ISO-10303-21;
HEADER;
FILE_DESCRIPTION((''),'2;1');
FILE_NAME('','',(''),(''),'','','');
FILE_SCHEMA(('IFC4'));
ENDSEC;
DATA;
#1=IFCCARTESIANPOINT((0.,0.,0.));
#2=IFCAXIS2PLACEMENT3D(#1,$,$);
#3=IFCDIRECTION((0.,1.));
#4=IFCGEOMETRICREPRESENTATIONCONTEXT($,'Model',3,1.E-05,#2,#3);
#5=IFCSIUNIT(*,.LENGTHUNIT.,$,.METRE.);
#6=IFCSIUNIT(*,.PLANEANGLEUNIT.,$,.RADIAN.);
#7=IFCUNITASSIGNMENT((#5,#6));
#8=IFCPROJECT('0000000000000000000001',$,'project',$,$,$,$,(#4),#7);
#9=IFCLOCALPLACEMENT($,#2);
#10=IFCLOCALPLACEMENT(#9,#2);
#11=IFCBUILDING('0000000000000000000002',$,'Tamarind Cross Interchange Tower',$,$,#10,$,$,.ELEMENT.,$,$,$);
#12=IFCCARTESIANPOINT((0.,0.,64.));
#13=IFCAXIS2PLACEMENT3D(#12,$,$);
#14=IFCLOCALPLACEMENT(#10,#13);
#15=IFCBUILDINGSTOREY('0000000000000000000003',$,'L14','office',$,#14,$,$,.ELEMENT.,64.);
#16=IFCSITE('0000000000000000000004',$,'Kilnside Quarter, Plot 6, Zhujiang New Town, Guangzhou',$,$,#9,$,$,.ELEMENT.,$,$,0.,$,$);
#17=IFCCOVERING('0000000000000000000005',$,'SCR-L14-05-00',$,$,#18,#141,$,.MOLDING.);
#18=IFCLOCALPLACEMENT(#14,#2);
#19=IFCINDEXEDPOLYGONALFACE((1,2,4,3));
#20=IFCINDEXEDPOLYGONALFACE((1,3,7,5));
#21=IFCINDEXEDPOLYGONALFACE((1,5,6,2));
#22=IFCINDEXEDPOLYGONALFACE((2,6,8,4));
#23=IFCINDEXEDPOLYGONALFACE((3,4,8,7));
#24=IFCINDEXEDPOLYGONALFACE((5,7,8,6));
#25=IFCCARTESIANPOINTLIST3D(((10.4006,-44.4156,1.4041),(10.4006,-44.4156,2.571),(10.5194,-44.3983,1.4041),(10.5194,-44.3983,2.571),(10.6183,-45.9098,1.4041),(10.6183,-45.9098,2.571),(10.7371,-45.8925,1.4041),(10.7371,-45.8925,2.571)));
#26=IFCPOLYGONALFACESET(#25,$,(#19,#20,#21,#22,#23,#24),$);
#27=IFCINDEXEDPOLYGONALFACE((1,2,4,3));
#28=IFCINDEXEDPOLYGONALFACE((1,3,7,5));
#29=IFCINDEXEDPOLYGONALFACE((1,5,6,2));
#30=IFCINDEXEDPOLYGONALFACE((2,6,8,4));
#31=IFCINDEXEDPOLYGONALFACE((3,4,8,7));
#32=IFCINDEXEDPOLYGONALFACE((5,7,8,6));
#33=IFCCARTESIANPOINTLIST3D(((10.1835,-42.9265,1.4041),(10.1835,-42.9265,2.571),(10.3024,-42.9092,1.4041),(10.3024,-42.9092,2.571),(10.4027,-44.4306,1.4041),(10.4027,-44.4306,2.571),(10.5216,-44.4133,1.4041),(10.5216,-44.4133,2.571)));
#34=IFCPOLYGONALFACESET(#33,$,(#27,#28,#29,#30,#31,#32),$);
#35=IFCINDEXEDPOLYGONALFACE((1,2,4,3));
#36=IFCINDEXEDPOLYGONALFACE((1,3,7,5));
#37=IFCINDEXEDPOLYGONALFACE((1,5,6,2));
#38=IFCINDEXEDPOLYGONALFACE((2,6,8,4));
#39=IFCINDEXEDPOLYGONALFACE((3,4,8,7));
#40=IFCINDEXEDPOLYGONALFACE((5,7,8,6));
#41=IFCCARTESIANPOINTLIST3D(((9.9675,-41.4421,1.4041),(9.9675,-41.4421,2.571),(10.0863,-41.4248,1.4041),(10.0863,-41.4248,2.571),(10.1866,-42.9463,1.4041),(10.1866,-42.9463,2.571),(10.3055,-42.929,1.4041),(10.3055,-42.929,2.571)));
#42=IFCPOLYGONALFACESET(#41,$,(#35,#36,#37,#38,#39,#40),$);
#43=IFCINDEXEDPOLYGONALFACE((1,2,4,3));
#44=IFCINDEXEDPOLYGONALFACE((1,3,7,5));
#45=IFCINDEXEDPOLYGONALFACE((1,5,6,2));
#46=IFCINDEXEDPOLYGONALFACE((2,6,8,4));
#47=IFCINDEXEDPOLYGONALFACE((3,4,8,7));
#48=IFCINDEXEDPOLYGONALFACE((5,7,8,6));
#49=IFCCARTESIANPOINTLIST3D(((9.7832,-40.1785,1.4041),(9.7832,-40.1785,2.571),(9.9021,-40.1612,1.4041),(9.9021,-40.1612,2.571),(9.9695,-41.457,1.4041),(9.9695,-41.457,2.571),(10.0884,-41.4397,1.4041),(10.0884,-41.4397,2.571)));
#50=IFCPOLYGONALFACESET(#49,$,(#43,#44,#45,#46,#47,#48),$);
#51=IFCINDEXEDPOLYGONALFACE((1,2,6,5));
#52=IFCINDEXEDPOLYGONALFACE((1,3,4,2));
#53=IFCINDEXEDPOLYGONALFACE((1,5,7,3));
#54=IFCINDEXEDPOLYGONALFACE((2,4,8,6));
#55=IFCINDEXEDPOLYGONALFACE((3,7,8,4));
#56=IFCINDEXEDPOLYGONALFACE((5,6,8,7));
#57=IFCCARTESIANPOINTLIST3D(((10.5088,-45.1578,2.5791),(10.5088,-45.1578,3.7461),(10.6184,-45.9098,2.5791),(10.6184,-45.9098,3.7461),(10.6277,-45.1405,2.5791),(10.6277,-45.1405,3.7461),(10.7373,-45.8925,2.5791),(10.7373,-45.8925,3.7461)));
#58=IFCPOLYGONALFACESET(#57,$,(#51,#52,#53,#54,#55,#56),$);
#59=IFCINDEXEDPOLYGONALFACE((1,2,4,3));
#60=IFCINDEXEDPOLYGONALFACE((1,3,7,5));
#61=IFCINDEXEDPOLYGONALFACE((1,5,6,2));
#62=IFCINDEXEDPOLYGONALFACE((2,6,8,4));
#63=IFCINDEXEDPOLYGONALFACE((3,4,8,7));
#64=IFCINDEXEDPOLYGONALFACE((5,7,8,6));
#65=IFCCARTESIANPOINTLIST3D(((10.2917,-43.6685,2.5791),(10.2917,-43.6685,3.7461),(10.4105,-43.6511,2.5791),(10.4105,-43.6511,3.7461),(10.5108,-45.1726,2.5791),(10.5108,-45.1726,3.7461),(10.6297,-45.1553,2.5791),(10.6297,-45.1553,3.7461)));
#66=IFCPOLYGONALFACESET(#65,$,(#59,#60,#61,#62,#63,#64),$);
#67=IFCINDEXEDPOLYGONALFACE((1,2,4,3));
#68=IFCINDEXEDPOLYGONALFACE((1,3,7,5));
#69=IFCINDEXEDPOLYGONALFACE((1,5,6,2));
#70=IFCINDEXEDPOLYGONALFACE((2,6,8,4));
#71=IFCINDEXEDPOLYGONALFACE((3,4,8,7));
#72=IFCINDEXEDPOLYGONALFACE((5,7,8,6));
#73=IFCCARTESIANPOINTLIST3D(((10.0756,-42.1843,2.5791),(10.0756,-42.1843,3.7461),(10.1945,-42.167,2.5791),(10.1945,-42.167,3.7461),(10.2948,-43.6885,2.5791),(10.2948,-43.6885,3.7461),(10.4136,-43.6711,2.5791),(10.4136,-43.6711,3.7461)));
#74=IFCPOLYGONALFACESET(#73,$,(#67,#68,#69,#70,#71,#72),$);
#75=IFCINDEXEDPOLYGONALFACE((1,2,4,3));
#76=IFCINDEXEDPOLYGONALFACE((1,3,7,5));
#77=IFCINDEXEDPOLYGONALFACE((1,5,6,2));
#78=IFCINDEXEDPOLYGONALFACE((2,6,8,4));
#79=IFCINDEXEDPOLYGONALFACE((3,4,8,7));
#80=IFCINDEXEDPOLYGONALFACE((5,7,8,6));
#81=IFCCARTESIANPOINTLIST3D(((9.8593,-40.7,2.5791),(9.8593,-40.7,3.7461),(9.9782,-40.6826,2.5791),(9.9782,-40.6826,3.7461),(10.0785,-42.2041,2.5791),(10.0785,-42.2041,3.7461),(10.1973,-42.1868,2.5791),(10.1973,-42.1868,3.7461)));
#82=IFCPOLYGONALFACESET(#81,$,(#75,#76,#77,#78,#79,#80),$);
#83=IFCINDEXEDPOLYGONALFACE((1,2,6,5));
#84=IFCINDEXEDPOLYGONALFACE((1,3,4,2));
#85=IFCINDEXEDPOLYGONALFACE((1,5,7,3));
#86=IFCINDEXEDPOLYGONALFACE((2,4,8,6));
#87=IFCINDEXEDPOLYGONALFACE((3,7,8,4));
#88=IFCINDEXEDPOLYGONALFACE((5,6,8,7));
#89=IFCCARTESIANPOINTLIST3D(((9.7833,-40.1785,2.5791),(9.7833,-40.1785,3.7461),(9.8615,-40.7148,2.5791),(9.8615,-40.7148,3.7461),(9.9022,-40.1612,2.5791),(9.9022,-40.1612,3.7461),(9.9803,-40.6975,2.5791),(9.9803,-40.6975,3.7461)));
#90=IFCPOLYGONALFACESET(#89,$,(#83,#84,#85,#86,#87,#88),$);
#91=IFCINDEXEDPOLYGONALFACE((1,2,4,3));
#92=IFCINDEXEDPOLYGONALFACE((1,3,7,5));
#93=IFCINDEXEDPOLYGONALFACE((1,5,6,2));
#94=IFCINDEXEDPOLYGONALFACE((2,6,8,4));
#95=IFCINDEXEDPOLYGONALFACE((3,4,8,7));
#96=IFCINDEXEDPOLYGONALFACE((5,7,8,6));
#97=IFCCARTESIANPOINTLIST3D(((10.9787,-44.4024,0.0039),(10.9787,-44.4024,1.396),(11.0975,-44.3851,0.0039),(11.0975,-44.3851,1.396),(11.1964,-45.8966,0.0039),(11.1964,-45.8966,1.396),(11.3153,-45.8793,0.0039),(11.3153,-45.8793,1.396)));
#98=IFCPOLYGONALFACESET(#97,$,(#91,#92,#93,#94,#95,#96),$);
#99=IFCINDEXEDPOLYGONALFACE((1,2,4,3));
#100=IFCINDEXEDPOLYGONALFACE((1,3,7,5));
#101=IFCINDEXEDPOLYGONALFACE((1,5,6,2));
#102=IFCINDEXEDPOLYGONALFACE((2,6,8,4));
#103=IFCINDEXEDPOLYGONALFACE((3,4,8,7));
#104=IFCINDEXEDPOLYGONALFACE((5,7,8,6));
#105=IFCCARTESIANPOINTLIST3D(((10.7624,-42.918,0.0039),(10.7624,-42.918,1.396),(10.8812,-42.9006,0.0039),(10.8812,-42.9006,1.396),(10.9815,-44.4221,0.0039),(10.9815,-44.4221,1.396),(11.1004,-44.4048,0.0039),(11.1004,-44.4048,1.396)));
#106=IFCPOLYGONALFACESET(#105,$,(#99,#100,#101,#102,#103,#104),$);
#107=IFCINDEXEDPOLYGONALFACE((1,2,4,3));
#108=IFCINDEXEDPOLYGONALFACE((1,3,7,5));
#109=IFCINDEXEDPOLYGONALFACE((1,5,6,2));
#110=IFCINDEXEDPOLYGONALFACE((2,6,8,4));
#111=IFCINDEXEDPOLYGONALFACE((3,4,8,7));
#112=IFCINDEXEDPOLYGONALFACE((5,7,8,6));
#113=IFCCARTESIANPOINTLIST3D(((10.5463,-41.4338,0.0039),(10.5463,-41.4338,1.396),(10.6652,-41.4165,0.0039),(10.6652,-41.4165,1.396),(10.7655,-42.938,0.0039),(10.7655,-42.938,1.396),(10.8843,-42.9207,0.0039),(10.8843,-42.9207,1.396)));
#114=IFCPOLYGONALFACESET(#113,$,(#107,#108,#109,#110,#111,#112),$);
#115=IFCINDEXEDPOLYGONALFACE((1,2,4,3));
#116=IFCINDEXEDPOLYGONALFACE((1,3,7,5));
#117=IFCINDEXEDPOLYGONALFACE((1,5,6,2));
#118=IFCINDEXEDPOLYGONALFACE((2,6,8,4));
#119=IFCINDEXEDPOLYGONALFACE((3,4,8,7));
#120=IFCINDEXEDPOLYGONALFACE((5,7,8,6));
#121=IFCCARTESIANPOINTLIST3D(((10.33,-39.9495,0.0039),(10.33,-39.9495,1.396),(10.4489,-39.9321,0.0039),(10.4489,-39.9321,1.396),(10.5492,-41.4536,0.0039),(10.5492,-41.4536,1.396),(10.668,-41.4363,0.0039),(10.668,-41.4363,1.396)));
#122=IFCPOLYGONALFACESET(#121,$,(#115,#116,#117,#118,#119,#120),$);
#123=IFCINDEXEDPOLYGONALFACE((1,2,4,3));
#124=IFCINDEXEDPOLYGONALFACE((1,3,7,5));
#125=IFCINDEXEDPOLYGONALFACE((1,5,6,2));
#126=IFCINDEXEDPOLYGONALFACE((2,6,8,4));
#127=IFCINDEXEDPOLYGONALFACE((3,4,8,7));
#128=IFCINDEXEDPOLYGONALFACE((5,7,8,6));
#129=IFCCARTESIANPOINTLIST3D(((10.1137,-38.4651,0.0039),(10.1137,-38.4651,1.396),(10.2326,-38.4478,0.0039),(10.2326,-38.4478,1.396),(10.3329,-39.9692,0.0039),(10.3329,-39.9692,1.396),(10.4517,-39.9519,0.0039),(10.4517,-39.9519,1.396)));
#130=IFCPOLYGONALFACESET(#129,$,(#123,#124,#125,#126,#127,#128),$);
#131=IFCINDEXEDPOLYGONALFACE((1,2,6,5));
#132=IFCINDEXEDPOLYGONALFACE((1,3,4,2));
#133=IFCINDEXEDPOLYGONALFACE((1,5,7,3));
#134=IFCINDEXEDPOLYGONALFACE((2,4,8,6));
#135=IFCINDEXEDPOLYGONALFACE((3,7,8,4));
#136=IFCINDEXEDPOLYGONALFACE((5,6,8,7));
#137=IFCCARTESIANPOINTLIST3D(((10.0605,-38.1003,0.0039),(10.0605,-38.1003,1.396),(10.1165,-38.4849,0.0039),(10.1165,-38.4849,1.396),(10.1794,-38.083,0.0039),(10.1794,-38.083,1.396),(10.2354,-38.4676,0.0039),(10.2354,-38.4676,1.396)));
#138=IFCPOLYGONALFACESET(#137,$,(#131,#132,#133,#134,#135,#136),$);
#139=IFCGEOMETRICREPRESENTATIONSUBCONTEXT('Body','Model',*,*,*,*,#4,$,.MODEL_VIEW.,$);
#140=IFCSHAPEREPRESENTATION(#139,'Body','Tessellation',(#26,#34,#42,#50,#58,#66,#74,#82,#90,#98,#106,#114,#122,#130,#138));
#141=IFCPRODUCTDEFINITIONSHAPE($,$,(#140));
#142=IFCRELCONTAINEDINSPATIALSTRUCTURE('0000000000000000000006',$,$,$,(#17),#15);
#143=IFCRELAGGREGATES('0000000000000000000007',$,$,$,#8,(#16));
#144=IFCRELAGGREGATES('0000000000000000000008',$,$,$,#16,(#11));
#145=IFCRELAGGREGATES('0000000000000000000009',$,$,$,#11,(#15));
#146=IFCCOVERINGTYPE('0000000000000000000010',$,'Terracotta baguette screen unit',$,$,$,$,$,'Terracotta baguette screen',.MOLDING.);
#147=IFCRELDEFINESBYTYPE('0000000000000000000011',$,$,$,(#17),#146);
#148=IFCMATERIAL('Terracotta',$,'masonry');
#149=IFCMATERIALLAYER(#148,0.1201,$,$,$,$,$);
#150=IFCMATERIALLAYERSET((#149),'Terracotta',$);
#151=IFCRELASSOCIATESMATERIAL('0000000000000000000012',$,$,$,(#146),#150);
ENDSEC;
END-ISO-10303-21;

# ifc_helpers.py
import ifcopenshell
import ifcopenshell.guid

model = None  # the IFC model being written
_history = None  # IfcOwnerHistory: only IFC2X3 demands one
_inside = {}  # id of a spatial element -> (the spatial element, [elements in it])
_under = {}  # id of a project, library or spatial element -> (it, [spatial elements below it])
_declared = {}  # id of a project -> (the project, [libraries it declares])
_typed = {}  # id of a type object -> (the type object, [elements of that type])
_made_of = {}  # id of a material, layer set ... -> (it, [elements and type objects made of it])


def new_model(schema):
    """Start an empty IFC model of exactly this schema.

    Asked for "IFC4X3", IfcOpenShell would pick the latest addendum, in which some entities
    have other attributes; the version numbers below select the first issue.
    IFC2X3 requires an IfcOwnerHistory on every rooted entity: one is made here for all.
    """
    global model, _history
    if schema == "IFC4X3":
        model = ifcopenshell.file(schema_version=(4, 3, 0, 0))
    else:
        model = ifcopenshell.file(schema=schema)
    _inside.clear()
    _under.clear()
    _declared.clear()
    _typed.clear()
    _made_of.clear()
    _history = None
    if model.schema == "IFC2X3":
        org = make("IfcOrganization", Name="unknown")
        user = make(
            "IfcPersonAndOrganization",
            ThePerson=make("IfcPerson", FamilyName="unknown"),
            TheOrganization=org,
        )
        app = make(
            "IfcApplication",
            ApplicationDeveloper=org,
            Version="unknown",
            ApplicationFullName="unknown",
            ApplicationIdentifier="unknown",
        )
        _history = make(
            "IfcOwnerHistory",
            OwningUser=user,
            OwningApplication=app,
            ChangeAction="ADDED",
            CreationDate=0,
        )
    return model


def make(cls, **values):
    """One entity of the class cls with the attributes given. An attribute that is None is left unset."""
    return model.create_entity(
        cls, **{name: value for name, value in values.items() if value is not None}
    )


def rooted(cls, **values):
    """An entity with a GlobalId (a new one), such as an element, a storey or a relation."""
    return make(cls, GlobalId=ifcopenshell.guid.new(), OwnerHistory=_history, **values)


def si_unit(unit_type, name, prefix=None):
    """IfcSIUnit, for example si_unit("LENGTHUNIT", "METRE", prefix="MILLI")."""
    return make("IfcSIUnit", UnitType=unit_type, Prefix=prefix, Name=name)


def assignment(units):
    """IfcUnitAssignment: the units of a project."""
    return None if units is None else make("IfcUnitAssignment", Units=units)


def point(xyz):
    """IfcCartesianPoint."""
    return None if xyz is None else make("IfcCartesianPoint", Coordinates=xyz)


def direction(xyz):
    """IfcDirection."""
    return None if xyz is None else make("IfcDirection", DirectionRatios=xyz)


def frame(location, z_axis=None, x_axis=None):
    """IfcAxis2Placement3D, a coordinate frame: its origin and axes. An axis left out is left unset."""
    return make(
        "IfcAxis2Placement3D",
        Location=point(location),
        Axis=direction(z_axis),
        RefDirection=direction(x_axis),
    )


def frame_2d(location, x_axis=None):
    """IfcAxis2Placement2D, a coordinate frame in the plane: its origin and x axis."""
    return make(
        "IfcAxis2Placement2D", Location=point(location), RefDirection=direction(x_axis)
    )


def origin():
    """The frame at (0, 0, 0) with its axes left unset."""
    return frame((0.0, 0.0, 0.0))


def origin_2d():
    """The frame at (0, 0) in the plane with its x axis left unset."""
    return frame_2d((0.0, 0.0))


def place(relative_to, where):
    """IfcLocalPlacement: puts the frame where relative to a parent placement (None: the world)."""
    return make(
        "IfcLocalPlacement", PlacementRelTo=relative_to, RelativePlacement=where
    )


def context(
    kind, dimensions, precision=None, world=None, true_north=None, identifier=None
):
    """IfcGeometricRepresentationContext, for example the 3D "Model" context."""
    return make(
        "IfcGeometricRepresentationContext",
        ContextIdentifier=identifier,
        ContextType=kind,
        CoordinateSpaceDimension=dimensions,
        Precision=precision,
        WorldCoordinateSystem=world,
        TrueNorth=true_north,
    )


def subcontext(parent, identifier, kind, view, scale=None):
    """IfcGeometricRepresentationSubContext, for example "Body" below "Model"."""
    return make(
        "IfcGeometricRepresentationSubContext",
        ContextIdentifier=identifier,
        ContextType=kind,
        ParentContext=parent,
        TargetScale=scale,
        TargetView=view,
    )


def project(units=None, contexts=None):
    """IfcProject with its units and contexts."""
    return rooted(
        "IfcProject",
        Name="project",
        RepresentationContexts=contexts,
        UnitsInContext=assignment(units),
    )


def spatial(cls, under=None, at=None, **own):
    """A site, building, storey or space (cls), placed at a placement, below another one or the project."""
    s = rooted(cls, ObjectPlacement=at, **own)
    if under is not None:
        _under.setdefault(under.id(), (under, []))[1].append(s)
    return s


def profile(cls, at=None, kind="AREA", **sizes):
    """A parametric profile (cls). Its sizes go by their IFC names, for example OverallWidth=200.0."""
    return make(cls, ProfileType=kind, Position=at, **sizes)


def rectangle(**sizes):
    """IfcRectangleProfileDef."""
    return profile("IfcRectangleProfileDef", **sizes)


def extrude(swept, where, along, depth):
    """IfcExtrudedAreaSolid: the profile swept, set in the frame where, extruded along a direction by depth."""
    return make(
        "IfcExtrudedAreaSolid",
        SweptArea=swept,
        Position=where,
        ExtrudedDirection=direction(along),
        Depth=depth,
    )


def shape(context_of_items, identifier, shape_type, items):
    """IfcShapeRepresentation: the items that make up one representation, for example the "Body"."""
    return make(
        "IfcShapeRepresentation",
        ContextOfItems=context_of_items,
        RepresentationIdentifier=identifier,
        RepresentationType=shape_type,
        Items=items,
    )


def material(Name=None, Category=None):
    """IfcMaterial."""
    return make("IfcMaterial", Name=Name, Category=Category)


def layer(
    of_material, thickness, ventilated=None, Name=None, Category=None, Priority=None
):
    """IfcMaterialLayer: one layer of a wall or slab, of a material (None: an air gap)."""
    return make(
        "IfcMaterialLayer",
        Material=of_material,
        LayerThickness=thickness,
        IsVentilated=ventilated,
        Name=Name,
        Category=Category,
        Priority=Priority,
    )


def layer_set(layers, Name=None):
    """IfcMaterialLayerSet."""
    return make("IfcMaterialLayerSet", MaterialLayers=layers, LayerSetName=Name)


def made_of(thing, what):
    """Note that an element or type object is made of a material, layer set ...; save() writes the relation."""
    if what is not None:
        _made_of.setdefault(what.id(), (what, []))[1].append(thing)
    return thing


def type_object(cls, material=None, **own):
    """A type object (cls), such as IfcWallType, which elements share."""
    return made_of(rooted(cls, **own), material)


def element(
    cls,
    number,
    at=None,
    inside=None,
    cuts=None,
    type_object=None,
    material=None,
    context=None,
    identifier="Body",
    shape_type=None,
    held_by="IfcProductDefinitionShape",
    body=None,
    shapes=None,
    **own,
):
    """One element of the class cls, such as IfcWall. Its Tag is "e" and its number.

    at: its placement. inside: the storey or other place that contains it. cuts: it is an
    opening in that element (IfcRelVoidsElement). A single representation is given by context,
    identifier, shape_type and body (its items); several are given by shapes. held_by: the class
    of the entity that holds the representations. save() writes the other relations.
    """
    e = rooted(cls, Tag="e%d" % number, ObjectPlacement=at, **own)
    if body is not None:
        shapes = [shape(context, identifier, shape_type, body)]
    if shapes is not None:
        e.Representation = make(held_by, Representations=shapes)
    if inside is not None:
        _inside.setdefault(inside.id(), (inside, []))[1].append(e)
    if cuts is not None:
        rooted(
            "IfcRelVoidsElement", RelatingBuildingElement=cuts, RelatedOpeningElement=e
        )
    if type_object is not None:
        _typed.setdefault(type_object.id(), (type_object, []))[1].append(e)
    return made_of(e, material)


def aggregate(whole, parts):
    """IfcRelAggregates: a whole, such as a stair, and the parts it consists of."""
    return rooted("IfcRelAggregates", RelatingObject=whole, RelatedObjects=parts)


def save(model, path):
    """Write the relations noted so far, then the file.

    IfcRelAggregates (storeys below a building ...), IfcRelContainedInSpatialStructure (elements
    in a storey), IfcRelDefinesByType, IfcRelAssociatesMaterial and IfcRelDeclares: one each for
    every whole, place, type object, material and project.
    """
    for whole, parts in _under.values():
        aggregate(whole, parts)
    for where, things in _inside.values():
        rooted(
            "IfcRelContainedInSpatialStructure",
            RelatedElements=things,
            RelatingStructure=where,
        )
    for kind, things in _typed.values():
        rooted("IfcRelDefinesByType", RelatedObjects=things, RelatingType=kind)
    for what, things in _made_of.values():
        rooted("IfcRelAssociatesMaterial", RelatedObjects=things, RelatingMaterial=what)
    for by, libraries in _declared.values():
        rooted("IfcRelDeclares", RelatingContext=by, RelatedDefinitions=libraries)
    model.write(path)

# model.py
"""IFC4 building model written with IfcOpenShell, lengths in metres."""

from ifc_helpers import new_model, si_unit, direction, frame, origin, origin_2d, place, context, subcontext, project, spatial, rectangle, extrude, material, layer, layer_set, type_object, element, save


model = new_model("IFC4")

# Units and contexts
model_context = context("Model", 3, precision=1e-05, world=origin(), true_north=direction((0.0, 1.0)))
body_context = subcontext(model_context, "Body", "Model", "MODEL_VIEW")
ifc_project = project(units=[si_unit("LENGTHUNIT", "METRE"), si_unit("PLANEANGLEUNIT", "RADIAN")], contexts=[model_context])

# Site, building, storey
site_placement = place(None, origin())
site = spatial("IfcSite", under=ifc_project, at=site_placement, Name="Kilnside Quarter, Plot 6, Zhujiang New Town, Guangzhou", CompositionType="ELEMENT", RefElevation=0.0)
building_placement = place(site_placement, origin())
building = spatial("IfcBuilding", under=site, at=building_placement, Name="Tamarind Cross Interchange Tower", CompositionType="ELEMENT")
storey_placement = place(building_placement, frame((0.0, 0.0, 64.0)))
storey = spatial("IfcBuildingStorey", under=building, at=storey_placement, Name="L14", Description="office", CompositionType="ELEMENT", Elevation=64.0)

# Covering
ifc_material_1 = material(Name="Terracotta", Category="masonry")
ifc_layer_1 = layer(ifc_material_1, 0.1201)
ifc_layer_set_1 = layer_set([ifc_layer_1], Name="Terracotta")
covering_type = type_object("IfcCoveringType", Name="Terracotta baguette screen unit", ElementType="Terracotta baguette screen", PredefinedType="MOLDING", material=ifc_layer_set_1)
covering_1_placement = place(storey_placement, origin())
element("IfcCovering", 1, at=covering_1_placement, inside=storey, type_object=covering_type, Name="SCR-L14-05-00", PredefinedType="MOLDING", context=body_context, shape_type="SweptSolid", body=[
    extrude(rectangle(XDim=1.51, YDim=0.1201, at=origin_2d()), frame((10.5688, -45.1541, 1.4041), z_axis=(0.0, 0.0, 1.0), x_axis=(-0.144187, 0.98955, 0.0)), (0.0, 0.0, 1.0), 1.167),
    extrude(rectangle(XDim=1.52, YDim=0.1201, at=origin_2d()), frame((10.3525, -43.6699, 1.4041), z_axis=(0.0, 0.0, 1.0), x_axis=(-0.144187, 0.98955, 0.0)), (0.0, 0.0, 1.0), 1.167),
    extrude(rectangle(XDim=1.52, YDim=0.1201, at=origin_2d()), frame((10.1365, -42.1855, 1.4041), z_axis=(0.0, 0.0, 1.0), x_axis=(-0.144187, 0.98955, 0.0)), (0.0, 0.0, 1.0), 1.167),
    extrude(rectangle(XDim=1.292, YDim=0.1201, at=origin_2d()), frame((9.9358, -40.8091, 1.4041), z_axis=(0.0, 0.0, 1.0), x_axis=(-0.144187, 0.98955, 0.0)), (0.0, 0.0, 1.0), 1.167),
    extrude(rectangle(XDim=0.76, YDim=0.1201, at=origin_2d()), frame((10.623, -45.5251, 2.5791), z_axis=(0.0, 0.0, 1.0), x_axis=(-0.144187, 0.98955, 0.0)), (0.0, 0.0, 1.0), 1.167),
    extrude(rectangle(XDim=1.52, YDim=0.1201, at=origin_2d()), frame((10.4607, -44.4119, 2.5791), z_axis=(0.0, 0.0, 1.0), x_axis=(-0.144187, 0.98955, 0.0)), (0.0, 0.0, 1.0), 1.167),
    extrude(rectangle(XDim=1.52, YDim=0.1201, at=origin_2d()), frame((10.2446, -42.9277, 2.5791), z_axis=(0.0, 0.0, 1.0), x_axis=(-0.144187, 0.98955, 0.0)), (0.0, 0.0, 1.0), 1.167),
    extrude(rectangle(XDim=1.52, YDim=0.1201, at=origin_2d()), frame((10.0283, -41.4434, 2.5791), z_axis=(0.0, 0.0, 1.0), x_axis=(-0.144187, 0.98955, 0.0)), (0.0, 0.0, 1.0), 1.167),
    extrude(rectangle(XDim=0.542, YDim=0.1201, at=origin_2d()), frame((9.8818, -40.438, 2.5791), z_axis=(0.0, 0.0, 1.0), x_axis=(-0.144187, 0.98955, 0.0)), (0.0, 0.0, 1.0), 1.167),
    extrude(rectangle(XDim=1.51, YDim=0.1201, at=origin_2d()), frame((11.147, -45.1409, 0.0039), z_axis=(0.0, 0.0, 1.0), x_axis=(-0.144187, 0.98955, 0.0)), (0.0, 0.0, 1.0), 1.3921),
    extrude(rectangle(XDim=1.52, YDim=0.1201, at=origin_2d()), frame((10.9314, -43.6614, 0.0039), z_axis=(0.0, 0.0, 1.0), x_axis=(-0.144187, 0.98955, 0.0)), (0.0, 0.0, 1.0), 1.3921),
    extrude(rectangle(XDim=1.52, YDim=0.1201, at=origin_2d()), frame((10.7153, -42.1772, 0.0039), z_axis=(0.0, 0.0, 1.0), x_axis=(-0.144187, 0.98955, 0.0)), (0.0, 0.0, 1.0), 1.3921),
    extrude(rectangle(XDim=1.52, YDim=0.1201, at=origin_2d()), frame((10.499, -40.6929, 0.0039), z_axis=(0.0, 0.0, 1.0), x_axis=(-0.144187, 0.98955, 0.0)), (0.0, 0.0, 1.0), 1.3921),
    extrude(rectangle(XDim=1.52, YDim=0.1201, at=origin_2d()), frame((10.2827, -39.2085, 0.0039), z_axis=(0.0, 0.0, 1.0), x_axis=(-0.144187, 0.98955, 0.0)), (0.0, 0.0, 1.0), 1.3921),
    extrude(rectangle(XDim=0.3887, YDim=0.1201, at=origin_2d()), frame((10.1479, -38.2839, 0.0039), z_axis=(0.0, 0.0, 1.0), x_axis=(-0.144187, 0.98955, 0.0)), (0.0, 0.0, 1.0), 1.3921),
])

save(model, "model.ifc")
